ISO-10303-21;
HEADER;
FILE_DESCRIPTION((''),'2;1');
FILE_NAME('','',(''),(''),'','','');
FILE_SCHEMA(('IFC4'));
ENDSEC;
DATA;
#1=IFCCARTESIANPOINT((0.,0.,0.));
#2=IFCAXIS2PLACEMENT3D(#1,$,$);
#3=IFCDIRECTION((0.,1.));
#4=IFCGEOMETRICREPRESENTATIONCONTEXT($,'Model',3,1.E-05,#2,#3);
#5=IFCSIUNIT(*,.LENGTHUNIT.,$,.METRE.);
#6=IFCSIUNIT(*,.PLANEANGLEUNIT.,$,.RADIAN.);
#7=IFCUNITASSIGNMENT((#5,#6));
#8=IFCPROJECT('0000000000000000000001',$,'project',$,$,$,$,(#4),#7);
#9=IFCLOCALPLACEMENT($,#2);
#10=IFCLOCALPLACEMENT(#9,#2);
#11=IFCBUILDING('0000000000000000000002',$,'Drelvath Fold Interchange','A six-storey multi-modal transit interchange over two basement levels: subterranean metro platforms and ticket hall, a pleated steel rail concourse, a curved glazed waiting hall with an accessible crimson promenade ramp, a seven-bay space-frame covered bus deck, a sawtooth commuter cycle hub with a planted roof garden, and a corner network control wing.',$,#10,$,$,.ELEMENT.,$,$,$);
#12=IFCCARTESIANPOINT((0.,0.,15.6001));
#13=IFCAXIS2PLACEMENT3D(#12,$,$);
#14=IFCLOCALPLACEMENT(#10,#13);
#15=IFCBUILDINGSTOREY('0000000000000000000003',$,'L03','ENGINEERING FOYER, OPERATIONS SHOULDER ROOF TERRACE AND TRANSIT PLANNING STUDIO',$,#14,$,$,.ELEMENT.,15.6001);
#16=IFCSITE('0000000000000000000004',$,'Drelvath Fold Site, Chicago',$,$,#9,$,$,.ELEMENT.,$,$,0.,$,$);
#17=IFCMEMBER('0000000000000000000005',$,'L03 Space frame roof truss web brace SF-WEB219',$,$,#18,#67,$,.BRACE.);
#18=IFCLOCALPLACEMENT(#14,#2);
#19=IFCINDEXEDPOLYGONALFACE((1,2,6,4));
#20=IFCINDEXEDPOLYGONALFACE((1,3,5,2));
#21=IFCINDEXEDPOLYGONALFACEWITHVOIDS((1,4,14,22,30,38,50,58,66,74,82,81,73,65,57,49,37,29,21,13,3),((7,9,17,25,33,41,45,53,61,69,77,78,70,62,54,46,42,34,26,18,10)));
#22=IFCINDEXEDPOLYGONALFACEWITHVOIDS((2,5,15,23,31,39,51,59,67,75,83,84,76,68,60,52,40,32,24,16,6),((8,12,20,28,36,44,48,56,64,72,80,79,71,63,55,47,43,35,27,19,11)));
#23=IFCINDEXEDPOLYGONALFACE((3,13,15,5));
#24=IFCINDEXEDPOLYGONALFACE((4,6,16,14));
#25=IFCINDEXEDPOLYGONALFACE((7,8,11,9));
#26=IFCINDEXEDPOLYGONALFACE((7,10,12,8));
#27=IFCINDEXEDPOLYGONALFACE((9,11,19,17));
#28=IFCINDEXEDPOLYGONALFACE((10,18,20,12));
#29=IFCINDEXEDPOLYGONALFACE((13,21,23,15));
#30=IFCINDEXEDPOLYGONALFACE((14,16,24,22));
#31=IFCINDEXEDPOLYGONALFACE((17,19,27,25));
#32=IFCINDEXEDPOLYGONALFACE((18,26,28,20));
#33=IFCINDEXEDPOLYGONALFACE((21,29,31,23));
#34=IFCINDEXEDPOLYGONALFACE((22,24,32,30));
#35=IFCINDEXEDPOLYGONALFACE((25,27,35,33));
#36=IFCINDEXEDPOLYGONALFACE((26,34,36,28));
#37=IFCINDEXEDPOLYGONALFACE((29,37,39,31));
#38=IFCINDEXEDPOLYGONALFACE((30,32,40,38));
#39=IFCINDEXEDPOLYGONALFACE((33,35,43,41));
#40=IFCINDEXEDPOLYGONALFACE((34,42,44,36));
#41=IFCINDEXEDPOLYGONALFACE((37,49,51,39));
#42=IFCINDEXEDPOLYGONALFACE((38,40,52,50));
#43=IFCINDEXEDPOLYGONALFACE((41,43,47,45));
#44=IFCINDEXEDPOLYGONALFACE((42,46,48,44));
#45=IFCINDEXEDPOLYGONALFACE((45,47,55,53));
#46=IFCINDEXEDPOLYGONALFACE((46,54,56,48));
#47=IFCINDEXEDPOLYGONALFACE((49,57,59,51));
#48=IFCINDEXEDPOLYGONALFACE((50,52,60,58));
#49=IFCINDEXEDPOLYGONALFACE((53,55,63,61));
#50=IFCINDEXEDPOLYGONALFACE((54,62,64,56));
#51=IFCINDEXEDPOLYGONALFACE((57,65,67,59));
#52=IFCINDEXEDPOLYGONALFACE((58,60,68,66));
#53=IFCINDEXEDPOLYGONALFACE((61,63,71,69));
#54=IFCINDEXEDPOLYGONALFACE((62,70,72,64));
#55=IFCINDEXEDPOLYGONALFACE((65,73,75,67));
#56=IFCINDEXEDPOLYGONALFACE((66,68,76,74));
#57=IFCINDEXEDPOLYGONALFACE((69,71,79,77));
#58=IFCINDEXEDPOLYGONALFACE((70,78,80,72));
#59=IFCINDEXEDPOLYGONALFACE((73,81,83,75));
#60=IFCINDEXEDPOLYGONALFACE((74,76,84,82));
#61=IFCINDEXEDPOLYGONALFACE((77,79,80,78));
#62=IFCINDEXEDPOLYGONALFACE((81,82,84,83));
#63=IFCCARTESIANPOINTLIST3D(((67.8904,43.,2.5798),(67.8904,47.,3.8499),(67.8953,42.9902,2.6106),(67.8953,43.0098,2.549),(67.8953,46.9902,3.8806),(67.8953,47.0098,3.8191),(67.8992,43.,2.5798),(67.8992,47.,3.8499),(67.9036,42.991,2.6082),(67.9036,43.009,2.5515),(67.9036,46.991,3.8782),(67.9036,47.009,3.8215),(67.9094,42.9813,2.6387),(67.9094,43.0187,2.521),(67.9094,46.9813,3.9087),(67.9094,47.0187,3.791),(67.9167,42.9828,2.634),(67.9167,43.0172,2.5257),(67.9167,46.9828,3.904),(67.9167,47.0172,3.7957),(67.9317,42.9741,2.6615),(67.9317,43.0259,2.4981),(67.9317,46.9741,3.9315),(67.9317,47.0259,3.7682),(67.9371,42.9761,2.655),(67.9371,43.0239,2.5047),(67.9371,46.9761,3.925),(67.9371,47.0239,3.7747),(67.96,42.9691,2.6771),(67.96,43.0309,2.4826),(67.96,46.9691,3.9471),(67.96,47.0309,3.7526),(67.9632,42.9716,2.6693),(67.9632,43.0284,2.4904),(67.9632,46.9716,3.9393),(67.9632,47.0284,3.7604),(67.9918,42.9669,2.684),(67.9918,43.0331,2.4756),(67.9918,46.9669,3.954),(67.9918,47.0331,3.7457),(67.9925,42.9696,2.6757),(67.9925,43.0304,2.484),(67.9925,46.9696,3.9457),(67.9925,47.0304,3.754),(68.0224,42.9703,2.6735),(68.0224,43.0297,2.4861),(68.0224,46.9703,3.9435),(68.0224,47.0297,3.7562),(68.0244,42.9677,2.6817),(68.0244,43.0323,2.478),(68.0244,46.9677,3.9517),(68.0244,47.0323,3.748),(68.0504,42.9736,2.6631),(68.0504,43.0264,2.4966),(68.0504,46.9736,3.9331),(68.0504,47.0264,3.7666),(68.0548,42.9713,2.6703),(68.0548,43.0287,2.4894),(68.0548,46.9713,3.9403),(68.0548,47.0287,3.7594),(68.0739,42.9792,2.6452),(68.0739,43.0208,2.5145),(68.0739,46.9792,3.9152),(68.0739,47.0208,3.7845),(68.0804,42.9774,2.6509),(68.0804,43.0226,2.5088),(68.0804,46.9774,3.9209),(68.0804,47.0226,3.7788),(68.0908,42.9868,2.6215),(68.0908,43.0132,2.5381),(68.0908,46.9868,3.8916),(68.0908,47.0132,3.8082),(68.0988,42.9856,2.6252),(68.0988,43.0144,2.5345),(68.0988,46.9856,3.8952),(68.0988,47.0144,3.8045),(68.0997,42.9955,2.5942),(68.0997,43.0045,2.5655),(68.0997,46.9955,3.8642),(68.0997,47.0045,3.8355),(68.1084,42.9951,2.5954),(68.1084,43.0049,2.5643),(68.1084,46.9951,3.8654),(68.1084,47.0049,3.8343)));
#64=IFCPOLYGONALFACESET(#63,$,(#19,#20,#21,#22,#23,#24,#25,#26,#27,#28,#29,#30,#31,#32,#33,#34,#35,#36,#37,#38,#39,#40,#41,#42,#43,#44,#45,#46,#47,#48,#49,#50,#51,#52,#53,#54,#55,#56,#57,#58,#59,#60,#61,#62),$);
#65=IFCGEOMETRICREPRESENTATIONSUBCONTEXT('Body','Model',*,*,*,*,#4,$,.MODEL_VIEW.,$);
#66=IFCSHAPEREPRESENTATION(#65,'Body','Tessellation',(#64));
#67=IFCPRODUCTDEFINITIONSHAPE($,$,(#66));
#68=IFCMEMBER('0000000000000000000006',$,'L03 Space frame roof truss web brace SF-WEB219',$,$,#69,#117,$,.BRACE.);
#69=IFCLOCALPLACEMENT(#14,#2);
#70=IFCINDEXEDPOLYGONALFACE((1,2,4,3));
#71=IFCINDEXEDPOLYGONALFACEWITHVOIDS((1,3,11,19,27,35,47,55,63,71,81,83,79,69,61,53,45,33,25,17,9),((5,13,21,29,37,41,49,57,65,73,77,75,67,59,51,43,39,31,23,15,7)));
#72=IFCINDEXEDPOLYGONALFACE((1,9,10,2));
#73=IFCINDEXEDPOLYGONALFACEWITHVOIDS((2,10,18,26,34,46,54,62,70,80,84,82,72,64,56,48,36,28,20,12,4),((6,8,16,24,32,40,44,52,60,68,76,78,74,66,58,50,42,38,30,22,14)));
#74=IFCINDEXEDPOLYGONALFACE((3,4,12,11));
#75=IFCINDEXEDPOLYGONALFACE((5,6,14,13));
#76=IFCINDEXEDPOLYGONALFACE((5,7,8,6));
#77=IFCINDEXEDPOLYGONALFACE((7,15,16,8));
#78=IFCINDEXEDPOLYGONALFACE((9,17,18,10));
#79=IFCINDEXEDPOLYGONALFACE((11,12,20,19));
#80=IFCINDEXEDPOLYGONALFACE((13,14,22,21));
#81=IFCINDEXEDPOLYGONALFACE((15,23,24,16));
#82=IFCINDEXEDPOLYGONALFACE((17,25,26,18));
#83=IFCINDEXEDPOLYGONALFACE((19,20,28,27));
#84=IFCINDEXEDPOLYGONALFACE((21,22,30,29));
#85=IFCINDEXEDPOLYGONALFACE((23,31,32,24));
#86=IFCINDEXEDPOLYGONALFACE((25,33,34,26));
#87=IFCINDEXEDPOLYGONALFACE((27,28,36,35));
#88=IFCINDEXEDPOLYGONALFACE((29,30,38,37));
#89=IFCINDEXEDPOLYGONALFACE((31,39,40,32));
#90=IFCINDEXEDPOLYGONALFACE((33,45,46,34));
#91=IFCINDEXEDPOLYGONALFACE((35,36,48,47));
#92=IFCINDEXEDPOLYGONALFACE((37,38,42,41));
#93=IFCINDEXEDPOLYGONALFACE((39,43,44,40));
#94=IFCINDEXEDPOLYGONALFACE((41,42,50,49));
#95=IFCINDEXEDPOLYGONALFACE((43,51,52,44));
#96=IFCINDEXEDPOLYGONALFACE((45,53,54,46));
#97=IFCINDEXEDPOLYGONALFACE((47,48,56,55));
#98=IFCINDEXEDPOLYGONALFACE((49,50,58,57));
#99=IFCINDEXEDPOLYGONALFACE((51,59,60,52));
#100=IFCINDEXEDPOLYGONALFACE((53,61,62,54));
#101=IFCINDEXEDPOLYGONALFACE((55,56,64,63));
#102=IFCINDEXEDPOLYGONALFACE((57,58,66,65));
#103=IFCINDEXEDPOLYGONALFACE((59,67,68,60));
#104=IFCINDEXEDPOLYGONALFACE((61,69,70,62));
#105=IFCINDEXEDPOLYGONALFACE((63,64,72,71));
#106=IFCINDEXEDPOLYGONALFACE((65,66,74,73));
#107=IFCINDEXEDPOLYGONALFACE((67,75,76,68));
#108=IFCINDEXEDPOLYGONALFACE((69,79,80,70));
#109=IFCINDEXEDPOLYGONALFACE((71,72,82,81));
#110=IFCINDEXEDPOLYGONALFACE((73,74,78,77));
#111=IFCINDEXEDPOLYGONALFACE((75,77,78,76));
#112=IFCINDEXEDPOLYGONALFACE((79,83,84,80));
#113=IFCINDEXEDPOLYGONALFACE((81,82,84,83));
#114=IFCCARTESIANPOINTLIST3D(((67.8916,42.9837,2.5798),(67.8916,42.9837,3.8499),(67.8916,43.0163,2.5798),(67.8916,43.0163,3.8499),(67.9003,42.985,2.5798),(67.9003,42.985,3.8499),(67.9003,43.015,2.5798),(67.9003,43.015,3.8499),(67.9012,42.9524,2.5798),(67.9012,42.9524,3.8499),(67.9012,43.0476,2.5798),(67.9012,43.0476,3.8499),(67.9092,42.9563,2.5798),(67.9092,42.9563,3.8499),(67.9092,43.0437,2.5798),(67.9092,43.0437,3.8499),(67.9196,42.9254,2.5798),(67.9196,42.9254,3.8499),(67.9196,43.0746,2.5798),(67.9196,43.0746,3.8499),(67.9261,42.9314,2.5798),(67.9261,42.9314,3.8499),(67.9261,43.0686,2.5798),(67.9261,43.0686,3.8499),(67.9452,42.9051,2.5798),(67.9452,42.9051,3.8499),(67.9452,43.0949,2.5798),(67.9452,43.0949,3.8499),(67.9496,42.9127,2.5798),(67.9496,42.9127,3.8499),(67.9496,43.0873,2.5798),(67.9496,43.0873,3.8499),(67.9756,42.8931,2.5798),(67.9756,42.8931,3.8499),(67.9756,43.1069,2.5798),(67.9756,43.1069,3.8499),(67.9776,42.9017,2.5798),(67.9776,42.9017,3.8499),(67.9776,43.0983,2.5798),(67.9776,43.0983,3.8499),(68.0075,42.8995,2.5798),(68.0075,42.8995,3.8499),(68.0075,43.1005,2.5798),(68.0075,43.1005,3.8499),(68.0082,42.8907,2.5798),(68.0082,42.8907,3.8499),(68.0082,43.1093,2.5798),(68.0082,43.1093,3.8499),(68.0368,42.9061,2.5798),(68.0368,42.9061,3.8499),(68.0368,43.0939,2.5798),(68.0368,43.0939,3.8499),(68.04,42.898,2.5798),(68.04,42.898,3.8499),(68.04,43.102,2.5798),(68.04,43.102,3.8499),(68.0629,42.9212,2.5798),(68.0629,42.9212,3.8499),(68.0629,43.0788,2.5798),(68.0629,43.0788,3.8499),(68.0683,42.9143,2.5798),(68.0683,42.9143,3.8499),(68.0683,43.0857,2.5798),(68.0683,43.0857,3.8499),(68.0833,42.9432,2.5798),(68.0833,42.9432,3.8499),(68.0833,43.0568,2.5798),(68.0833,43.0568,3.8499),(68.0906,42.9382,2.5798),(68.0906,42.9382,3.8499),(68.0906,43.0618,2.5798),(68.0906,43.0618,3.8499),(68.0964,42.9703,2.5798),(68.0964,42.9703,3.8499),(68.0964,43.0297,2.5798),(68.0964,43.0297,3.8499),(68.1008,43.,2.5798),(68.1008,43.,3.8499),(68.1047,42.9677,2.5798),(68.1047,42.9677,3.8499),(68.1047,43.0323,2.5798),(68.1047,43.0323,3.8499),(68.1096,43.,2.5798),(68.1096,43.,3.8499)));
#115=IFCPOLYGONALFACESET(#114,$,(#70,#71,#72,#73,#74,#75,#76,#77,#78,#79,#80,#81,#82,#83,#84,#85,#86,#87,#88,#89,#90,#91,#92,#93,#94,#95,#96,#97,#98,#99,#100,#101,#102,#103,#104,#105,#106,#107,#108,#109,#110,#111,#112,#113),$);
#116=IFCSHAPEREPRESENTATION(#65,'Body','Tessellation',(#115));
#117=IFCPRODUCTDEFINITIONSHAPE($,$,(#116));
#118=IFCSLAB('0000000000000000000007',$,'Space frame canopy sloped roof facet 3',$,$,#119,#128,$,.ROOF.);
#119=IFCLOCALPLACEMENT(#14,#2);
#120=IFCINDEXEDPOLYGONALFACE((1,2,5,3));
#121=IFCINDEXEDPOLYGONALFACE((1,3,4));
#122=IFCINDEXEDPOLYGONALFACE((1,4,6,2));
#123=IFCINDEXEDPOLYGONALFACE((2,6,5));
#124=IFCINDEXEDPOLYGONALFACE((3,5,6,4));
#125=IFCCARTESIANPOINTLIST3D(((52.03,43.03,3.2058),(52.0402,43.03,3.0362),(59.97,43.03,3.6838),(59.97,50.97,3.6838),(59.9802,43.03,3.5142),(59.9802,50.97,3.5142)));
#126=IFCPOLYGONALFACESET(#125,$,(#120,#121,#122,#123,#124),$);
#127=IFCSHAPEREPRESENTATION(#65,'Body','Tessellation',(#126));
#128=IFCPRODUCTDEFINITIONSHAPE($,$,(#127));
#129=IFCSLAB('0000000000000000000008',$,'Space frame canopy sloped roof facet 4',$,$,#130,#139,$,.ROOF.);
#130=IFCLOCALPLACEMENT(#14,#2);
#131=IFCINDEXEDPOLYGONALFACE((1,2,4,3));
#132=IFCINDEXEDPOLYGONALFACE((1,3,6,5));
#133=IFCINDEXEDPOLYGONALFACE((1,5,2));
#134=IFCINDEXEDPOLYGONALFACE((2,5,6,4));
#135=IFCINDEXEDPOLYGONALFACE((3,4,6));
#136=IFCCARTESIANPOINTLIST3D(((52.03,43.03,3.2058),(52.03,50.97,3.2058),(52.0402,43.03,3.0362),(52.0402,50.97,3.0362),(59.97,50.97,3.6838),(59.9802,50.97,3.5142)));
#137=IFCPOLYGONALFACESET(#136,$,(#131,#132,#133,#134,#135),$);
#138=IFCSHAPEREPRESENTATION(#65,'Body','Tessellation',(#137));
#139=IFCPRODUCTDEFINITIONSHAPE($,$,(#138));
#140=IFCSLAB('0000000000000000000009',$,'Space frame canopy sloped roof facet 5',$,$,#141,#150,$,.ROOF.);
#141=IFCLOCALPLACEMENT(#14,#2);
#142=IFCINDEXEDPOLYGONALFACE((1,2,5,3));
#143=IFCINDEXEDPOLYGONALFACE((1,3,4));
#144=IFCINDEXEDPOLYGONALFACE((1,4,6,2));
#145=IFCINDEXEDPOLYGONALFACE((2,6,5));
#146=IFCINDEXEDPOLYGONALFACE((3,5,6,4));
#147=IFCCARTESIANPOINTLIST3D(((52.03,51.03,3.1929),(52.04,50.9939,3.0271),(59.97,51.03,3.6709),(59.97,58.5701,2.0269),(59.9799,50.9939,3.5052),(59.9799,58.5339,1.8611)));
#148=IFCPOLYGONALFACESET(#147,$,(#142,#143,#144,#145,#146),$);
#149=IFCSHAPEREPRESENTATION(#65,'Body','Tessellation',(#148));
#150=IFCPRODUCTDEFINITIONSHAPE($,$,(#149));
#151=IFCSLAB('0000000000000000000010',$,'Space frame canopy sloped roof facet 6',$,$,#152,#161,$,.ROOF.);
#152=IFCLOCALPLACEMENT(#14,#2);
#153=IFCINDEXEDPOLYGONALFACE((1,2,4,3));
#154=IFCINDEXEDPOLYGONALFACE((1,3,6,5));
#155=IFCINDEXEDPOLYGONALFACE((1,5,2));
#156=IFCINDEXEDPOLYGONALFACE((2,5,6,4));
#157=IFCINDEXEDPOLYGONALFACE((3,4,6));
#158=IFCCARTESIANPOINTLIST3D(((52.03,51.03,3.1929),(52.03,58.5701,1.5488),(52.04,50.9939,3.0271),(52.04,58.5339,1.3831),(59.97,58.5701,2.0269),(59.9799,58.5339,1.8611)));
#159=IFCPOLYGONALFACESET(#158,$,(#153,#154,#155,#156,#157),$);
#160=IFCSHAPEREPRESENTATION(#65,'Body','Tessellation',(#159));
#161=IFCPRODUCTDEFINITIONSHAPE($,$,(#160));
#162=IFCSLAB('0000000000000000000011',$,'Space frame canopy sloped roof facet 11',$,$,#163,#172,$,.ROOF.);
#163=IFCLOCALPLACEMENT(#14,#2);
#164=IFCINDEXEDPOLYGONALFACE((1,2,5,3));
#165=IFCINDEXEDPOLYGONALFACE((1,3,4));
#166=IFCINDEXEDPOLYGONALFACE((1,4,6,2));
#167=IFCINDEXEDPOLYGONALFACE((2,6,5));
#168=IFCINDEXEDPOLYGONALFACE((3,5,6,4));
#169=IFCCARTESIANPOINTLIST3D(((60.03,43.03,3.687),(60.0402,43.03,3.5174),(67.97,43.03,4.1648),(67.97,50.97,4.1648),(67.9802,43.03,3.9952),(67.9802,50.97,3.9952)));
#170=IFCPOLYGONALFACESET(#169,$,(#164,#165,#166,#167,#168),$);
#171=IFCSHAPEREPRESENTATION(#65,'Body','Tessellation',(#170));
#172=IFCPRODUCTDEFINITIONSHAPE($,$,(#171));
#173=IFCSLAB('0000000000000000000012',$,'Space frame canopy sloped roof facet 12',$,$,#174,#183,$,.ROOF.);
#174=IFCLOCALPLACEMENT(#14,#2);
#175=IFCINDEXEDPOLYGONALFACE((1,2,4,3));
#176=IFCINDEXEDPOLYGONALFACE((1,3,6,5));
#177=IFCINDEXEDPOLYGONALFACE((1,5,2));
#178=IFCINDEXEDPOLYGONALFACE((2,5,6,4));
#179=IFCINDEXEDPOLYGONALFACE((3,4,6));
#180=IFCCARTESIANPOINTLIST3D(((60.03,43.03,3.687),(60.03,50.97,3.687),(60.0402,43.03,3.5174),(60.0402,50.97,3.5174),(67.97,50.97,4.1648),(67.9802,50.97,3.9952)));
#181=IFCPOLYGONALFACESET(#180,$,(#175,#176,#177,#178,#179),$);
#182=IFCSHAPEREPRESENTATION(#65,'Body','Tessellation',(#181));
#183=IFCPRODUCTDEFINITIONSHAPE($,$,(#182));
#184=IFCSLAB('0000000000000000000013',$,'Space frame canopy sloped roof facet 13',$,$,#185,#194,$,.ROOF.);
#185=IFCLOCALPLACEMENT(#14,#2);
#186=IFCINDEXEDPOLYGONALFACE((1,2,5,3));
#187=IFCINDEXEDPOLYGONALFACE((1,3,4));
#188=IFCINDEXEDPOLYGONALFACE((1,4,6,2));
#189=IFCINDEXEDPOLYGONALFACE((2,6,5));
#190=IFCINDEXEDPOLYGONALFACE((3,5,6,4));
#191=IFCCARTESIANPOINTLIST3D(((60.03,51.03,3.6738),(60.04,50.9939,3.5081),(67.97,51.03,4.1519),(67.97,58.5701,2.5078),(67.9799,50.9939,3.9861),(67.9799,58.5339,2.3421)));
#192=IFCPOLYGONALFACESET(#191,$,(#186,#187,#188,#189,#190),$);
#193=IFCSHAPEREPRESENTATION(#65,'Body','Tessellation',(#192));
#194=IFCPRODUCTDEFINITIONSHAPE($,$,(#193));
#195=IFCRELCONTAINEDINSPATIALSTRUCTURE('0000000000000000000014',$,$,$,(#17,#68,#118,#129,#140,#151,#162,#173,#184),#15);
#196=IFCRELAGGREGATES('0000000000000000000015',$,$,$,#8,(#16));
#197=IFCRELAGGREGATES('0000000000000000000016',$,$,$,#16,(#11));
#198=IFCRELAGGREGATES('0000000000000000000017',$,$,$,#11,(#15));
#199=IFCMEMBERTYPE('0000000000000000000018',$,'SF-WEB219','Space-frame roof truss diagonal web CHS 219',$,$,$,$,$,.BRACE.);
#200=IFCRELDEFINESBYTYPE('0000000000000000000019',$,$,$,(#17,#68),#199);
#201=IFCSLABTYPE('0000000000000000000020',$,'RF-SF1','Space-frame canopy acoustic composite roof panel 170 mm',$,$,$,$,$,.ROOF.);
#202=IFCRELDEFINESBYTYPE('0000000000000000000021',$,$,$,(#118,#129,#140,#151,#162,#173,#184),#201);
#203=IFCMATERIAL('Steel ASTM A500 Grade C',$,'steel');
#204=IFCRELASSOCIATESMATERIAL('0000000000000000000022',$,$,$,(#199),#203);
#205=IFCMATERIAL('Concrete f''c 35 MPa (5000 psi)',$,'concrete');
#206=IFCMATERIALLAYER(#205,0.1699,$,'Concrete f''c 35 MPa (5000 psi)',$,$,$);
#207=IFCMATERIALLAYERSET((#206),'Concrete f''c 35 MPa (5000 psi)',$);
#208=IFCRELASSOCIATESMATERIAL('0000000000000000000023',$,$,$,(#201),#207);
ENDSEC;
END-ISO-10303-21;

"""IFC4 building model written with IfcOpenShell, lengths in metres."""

from ifc_helpers import new_model, si_unit, direction, frame, origin, origin_2d, place, context, subcontext, project, spatial, polyline, hollow_circle, outline, extrude, material, layer, layer_set, material_profile, profile_set, type_object, element, save


model = new_model("IFC4")

# Units and contexts
model_context = context("Model", 3, precision=1e-05, world=origin(), true_north=direction((0.0, 1.0)))
body_context = subcontext(model_context, "Body", "Model", "MODEL_VIEW")
ifc_project = project(units=[si_unit("LENGTHUNIT", "METRE"), si_unit("PLANEANGLEUNIT", "RADIAN")], contexts=[model_context])

# Site, building, storey
site_placement = place(None, origin())
site = spatial("IfcSite", under=ifc_project, at=site_placement, Name="Drelvath Fold Site, Chicago", CompositionType="ELEMENT", RefElevation=0.0)
building_placement = place(site_placement, origin())
building = spatial("IfcBuilding", under=site, at=building_placement, Name="Drelvath Fold Interchange", Description="A six-storey multi-modal transit interchange over two basement levels: subterranean metro platforms and ticket hall, a pleated steel rail concourse, a curved glazed waiting hall with an accessible crimson promenade ramp, a seven-bay space-frame covered bus deck, a sawtooth commuter cycle hub with a planted roof garden, and a corner network control wing.", CompositionType="ELEMENT")
storey_placement = place(building_placement, frame((0.0, 0.0, 15.6001)))
storey = spatial("IfcBuildingStorey", under=building, at=storey_placement, Name="L03", Description="ENGINEERING FOYER, OPERATIONS SHOULDER ROOF TERRACE AND TRANSIT PLANNING STUDIO", CompositionType="ELEMENT", Elevation=15.6001)

# Shared definitions
ifc_material_1 = material(Name="Steel ASTM A500 Grade C", Category="steel")

# Members
ifc_material_profile_1 = material_profile(ifc_material_1, hollow_circle(Radius=0.1096, WallThickness=0.0088, at=origin_2d()), Name="HSS8.625X0.375")
ifc_profile_set_1 = profile_set([ifc_material_profile_1], Name="Steel ASTM A500 Grade C")
member_type_1 = type_object("IfcMemberType", Name="SF-WEB219", Description="Space-frame roof truss diagonal web CHS 219", PredefinedType="BRACE", material=ifc_profile_set_1)
member_1_placement = place(storey_placement, frame((68.0, 43.0, 2.5798), z_axis=(0.0, 0.953112, 0.302618), x_axis=(-1.0, 0.0, 0.0)))
element("IfcMember", 1, at=member_1_placement, inside=storey, type_object=member_type_1, Name="L03 Space frame roof truss web brace SF-WEB219", PredefinedType="BRACE", context=body_context, shape_type="SweptSolid", body=[
    extrude(hollow_circle(Radius=0.1096, WallThickness=0.0088, at=origin_2d()), origin(), (0.0, 0.0, 1.0), 4.1968),
])
member_2_placement = place(storey_placement, frame((68.0, 43.0, 2.5798), z_axis=(0.0, 0.0, 1.0), x_axis=(1.0, 0.0, 0.0)))
element("IfcMember", 2, at=member_2_placement, inside=storey, type_object=member_type_1, Name="L03 Space frame roof truss web brace SF-WEB219", PredefinedType="BRACE", context=body_context, shape_type="SweptSolid", body=[
    extrude(hollow_circle(Radius=0.1096, WallThickness=0.0088, at=origin_2d()), origin(), (0.0, 0.0, 1.0), 1.27),
])

# Slabs
ifc_material_2 = material(Name="Concrete f'c 35 MPa (5000 psi)", Category="concrete")
ifc_layer_1 = layer(ifc_material_2, 0.1699, Name="Concrete f'c 35 MPa (5000 psi)")
ifc_layer_set_1 = layer_set([ifc_layer_1], Name="Concrete f'c 35 MPa (5000 psi)")
slab_type = type_object("IfcSlabType", Name="RF-SF1", Description="Space-frame canopy acoustic composite roof panel 170 mm", PredefinedType="ROOF", material=ifc_layer_set_1)
slab_1_placement = place(storey_placement, frame((52.03, 43.03, 3.2058), z_axis=(-0.060097, 0.0, 0.998193), x_axis=(0.998193, 0.0, 0.060097)))
element("IfcSlab", 3, at=slab_1_placement, inside=storey, type_object=slab_type, Name="Space frame canopy sloped roof facet 3", PredefinedType="ROOF", context=body_context, shape_type="SweptSolid", body=[
    extrude(outline(polyline([(0.0, 0.0), (7.9543, 0.0), (7.9543, 7.9399), (0.0, 0.0)])), origin(), (0.0, 0.0, -1.0), 0.1699),
])
slab_2_placement = place(storey_placement, frame((52.03, 43.03, 3.2058), z_axis=(-0.060097, 0.0, 0.998193), x_axis=(0.706467, 0.706467, 0.042533)))
element("IfcSlab", 4, at=slab_2_placement, inside=storey, type_object=slab_type, Name="Space frame canopy sloped roof facet 4", PredefinedType="ROOF", context=body_context, shape_type="SweptSolid", body=[
    extrude(outline(polyline([(0.0, 0.0), (11.2389, 0.0), (5.6093, 5.6195), (0.0, 0.0)])), origin(), (0.0, 0.0, -1.0), 0.1699),
])
slab_3_placement = place(storey_placement, frame((52.03, 51.03, 3.1929), z_axis=(-0.058722, 0.212669, 0.975358), x_axis=(0.998193, 0.0, 0.060097)))
element("IfcSlab", 5, at=slab_3_placement, inside=storey, type_object=slab_type, Name="Space frame canopy sloped roof facet 5", PredefinedType="ROOF", context=body_context, shape_type="SweptSolid", body=[
    extrude(outline(polyline([(0.0, 0.0), (7.9543, 0.0), (7.8555, 7.7166), (0.0, 0.0)])), origin(), (0.0, 0.0, -1.0), 0.1699),
])
slab_4_placement = place(storey_placement, frame((52.03, 51.03, 3.1929), z_axis=(-0.058722, 0.212669, 0.975358), x_axis=(0.721055, 0.684739, -0.10589)))
element("IfcSlab", 6, at=slab_4_placement, inside=storey, type_object=slab_type, Name="Space frame canopy sloped roof facet 6", PredefinedType="ROOF", context=body_context, shape_type="SweptSolid", body=[
    extrude(outline(polyline([(0.0, 0.0), (11.0116, 0.0), (5.337, 5.5741), (0.0, 0.0)])), origin(), (0.0, 0.0, -1.0), 0.1699),
])
slab_5_placement = place(storey_placement, frame((60.03, 43.03, 3.687), z_axis=(-0.060066, 0.0, 0.998194), x_axis=(0.998194, 0.0, 0.060066)))
element("IfcSlab", 7, at=slab_5_placement, inside=storey, type_object=slab_type, Name="Space frame canopy sloped roof facet 11", PredefinedType="ROOF", context=body_context, shape_type="SweptSolid", body=[
    extrude(outline(polyline([(0.0, 0.0), (7.9543, 0.0), (7.9543, 7.9399), (0.0, 0.0)])), origin(), (0.0, 0.0, -1.0), 0.1699),
])
slab_6_placement = place(storey_placement, frame((60.03, 43.03, 3.687), z_axis=(-0.060066, 0.0, 0.998194), x_axis=(0.706468, 0.706468, 0.042511)))
element("IfcSlab", 8, at=slab_6_placement, inside=storey, type_object=slab_type, Name="Space frame canopy sloped roof facet 12", PredefinedType="ROOF", context=body_context, shape_type="SweptSolid", body=[
    extrude(outline(polyline([(0.0, 0.0), (11.2389, 0.0), (5.6093, 5.6195), (0.0, 0.0)])), origin(), (0.0, 0.0, -1.0), 0.1699),
])
slab_7_placement = place(storey_placement, frame((60.03, 51.03, 3.6738), z_axis=(-0.058722, 0.212669, 0.975358), x_axis=(0.998193, 0.0, 0.060097)))
element("IfcSlab", 9, at=slab_7_placement, inside=storey, type_object=slab_type, Name="Space frame canopy sloped roof facet 13", PredefinedType="ROOF", context=body_context, shape_type="SweptSolid", body=[
    extrude(outline(polyline([(0.0, 0.0), (7.9543, 0.0), (7.8555, 7.7166), (0.0, 0.0)])), origin(), (0.0, 0.0, -1.0), 0.1699),
])

save(model, "model.ifc")
